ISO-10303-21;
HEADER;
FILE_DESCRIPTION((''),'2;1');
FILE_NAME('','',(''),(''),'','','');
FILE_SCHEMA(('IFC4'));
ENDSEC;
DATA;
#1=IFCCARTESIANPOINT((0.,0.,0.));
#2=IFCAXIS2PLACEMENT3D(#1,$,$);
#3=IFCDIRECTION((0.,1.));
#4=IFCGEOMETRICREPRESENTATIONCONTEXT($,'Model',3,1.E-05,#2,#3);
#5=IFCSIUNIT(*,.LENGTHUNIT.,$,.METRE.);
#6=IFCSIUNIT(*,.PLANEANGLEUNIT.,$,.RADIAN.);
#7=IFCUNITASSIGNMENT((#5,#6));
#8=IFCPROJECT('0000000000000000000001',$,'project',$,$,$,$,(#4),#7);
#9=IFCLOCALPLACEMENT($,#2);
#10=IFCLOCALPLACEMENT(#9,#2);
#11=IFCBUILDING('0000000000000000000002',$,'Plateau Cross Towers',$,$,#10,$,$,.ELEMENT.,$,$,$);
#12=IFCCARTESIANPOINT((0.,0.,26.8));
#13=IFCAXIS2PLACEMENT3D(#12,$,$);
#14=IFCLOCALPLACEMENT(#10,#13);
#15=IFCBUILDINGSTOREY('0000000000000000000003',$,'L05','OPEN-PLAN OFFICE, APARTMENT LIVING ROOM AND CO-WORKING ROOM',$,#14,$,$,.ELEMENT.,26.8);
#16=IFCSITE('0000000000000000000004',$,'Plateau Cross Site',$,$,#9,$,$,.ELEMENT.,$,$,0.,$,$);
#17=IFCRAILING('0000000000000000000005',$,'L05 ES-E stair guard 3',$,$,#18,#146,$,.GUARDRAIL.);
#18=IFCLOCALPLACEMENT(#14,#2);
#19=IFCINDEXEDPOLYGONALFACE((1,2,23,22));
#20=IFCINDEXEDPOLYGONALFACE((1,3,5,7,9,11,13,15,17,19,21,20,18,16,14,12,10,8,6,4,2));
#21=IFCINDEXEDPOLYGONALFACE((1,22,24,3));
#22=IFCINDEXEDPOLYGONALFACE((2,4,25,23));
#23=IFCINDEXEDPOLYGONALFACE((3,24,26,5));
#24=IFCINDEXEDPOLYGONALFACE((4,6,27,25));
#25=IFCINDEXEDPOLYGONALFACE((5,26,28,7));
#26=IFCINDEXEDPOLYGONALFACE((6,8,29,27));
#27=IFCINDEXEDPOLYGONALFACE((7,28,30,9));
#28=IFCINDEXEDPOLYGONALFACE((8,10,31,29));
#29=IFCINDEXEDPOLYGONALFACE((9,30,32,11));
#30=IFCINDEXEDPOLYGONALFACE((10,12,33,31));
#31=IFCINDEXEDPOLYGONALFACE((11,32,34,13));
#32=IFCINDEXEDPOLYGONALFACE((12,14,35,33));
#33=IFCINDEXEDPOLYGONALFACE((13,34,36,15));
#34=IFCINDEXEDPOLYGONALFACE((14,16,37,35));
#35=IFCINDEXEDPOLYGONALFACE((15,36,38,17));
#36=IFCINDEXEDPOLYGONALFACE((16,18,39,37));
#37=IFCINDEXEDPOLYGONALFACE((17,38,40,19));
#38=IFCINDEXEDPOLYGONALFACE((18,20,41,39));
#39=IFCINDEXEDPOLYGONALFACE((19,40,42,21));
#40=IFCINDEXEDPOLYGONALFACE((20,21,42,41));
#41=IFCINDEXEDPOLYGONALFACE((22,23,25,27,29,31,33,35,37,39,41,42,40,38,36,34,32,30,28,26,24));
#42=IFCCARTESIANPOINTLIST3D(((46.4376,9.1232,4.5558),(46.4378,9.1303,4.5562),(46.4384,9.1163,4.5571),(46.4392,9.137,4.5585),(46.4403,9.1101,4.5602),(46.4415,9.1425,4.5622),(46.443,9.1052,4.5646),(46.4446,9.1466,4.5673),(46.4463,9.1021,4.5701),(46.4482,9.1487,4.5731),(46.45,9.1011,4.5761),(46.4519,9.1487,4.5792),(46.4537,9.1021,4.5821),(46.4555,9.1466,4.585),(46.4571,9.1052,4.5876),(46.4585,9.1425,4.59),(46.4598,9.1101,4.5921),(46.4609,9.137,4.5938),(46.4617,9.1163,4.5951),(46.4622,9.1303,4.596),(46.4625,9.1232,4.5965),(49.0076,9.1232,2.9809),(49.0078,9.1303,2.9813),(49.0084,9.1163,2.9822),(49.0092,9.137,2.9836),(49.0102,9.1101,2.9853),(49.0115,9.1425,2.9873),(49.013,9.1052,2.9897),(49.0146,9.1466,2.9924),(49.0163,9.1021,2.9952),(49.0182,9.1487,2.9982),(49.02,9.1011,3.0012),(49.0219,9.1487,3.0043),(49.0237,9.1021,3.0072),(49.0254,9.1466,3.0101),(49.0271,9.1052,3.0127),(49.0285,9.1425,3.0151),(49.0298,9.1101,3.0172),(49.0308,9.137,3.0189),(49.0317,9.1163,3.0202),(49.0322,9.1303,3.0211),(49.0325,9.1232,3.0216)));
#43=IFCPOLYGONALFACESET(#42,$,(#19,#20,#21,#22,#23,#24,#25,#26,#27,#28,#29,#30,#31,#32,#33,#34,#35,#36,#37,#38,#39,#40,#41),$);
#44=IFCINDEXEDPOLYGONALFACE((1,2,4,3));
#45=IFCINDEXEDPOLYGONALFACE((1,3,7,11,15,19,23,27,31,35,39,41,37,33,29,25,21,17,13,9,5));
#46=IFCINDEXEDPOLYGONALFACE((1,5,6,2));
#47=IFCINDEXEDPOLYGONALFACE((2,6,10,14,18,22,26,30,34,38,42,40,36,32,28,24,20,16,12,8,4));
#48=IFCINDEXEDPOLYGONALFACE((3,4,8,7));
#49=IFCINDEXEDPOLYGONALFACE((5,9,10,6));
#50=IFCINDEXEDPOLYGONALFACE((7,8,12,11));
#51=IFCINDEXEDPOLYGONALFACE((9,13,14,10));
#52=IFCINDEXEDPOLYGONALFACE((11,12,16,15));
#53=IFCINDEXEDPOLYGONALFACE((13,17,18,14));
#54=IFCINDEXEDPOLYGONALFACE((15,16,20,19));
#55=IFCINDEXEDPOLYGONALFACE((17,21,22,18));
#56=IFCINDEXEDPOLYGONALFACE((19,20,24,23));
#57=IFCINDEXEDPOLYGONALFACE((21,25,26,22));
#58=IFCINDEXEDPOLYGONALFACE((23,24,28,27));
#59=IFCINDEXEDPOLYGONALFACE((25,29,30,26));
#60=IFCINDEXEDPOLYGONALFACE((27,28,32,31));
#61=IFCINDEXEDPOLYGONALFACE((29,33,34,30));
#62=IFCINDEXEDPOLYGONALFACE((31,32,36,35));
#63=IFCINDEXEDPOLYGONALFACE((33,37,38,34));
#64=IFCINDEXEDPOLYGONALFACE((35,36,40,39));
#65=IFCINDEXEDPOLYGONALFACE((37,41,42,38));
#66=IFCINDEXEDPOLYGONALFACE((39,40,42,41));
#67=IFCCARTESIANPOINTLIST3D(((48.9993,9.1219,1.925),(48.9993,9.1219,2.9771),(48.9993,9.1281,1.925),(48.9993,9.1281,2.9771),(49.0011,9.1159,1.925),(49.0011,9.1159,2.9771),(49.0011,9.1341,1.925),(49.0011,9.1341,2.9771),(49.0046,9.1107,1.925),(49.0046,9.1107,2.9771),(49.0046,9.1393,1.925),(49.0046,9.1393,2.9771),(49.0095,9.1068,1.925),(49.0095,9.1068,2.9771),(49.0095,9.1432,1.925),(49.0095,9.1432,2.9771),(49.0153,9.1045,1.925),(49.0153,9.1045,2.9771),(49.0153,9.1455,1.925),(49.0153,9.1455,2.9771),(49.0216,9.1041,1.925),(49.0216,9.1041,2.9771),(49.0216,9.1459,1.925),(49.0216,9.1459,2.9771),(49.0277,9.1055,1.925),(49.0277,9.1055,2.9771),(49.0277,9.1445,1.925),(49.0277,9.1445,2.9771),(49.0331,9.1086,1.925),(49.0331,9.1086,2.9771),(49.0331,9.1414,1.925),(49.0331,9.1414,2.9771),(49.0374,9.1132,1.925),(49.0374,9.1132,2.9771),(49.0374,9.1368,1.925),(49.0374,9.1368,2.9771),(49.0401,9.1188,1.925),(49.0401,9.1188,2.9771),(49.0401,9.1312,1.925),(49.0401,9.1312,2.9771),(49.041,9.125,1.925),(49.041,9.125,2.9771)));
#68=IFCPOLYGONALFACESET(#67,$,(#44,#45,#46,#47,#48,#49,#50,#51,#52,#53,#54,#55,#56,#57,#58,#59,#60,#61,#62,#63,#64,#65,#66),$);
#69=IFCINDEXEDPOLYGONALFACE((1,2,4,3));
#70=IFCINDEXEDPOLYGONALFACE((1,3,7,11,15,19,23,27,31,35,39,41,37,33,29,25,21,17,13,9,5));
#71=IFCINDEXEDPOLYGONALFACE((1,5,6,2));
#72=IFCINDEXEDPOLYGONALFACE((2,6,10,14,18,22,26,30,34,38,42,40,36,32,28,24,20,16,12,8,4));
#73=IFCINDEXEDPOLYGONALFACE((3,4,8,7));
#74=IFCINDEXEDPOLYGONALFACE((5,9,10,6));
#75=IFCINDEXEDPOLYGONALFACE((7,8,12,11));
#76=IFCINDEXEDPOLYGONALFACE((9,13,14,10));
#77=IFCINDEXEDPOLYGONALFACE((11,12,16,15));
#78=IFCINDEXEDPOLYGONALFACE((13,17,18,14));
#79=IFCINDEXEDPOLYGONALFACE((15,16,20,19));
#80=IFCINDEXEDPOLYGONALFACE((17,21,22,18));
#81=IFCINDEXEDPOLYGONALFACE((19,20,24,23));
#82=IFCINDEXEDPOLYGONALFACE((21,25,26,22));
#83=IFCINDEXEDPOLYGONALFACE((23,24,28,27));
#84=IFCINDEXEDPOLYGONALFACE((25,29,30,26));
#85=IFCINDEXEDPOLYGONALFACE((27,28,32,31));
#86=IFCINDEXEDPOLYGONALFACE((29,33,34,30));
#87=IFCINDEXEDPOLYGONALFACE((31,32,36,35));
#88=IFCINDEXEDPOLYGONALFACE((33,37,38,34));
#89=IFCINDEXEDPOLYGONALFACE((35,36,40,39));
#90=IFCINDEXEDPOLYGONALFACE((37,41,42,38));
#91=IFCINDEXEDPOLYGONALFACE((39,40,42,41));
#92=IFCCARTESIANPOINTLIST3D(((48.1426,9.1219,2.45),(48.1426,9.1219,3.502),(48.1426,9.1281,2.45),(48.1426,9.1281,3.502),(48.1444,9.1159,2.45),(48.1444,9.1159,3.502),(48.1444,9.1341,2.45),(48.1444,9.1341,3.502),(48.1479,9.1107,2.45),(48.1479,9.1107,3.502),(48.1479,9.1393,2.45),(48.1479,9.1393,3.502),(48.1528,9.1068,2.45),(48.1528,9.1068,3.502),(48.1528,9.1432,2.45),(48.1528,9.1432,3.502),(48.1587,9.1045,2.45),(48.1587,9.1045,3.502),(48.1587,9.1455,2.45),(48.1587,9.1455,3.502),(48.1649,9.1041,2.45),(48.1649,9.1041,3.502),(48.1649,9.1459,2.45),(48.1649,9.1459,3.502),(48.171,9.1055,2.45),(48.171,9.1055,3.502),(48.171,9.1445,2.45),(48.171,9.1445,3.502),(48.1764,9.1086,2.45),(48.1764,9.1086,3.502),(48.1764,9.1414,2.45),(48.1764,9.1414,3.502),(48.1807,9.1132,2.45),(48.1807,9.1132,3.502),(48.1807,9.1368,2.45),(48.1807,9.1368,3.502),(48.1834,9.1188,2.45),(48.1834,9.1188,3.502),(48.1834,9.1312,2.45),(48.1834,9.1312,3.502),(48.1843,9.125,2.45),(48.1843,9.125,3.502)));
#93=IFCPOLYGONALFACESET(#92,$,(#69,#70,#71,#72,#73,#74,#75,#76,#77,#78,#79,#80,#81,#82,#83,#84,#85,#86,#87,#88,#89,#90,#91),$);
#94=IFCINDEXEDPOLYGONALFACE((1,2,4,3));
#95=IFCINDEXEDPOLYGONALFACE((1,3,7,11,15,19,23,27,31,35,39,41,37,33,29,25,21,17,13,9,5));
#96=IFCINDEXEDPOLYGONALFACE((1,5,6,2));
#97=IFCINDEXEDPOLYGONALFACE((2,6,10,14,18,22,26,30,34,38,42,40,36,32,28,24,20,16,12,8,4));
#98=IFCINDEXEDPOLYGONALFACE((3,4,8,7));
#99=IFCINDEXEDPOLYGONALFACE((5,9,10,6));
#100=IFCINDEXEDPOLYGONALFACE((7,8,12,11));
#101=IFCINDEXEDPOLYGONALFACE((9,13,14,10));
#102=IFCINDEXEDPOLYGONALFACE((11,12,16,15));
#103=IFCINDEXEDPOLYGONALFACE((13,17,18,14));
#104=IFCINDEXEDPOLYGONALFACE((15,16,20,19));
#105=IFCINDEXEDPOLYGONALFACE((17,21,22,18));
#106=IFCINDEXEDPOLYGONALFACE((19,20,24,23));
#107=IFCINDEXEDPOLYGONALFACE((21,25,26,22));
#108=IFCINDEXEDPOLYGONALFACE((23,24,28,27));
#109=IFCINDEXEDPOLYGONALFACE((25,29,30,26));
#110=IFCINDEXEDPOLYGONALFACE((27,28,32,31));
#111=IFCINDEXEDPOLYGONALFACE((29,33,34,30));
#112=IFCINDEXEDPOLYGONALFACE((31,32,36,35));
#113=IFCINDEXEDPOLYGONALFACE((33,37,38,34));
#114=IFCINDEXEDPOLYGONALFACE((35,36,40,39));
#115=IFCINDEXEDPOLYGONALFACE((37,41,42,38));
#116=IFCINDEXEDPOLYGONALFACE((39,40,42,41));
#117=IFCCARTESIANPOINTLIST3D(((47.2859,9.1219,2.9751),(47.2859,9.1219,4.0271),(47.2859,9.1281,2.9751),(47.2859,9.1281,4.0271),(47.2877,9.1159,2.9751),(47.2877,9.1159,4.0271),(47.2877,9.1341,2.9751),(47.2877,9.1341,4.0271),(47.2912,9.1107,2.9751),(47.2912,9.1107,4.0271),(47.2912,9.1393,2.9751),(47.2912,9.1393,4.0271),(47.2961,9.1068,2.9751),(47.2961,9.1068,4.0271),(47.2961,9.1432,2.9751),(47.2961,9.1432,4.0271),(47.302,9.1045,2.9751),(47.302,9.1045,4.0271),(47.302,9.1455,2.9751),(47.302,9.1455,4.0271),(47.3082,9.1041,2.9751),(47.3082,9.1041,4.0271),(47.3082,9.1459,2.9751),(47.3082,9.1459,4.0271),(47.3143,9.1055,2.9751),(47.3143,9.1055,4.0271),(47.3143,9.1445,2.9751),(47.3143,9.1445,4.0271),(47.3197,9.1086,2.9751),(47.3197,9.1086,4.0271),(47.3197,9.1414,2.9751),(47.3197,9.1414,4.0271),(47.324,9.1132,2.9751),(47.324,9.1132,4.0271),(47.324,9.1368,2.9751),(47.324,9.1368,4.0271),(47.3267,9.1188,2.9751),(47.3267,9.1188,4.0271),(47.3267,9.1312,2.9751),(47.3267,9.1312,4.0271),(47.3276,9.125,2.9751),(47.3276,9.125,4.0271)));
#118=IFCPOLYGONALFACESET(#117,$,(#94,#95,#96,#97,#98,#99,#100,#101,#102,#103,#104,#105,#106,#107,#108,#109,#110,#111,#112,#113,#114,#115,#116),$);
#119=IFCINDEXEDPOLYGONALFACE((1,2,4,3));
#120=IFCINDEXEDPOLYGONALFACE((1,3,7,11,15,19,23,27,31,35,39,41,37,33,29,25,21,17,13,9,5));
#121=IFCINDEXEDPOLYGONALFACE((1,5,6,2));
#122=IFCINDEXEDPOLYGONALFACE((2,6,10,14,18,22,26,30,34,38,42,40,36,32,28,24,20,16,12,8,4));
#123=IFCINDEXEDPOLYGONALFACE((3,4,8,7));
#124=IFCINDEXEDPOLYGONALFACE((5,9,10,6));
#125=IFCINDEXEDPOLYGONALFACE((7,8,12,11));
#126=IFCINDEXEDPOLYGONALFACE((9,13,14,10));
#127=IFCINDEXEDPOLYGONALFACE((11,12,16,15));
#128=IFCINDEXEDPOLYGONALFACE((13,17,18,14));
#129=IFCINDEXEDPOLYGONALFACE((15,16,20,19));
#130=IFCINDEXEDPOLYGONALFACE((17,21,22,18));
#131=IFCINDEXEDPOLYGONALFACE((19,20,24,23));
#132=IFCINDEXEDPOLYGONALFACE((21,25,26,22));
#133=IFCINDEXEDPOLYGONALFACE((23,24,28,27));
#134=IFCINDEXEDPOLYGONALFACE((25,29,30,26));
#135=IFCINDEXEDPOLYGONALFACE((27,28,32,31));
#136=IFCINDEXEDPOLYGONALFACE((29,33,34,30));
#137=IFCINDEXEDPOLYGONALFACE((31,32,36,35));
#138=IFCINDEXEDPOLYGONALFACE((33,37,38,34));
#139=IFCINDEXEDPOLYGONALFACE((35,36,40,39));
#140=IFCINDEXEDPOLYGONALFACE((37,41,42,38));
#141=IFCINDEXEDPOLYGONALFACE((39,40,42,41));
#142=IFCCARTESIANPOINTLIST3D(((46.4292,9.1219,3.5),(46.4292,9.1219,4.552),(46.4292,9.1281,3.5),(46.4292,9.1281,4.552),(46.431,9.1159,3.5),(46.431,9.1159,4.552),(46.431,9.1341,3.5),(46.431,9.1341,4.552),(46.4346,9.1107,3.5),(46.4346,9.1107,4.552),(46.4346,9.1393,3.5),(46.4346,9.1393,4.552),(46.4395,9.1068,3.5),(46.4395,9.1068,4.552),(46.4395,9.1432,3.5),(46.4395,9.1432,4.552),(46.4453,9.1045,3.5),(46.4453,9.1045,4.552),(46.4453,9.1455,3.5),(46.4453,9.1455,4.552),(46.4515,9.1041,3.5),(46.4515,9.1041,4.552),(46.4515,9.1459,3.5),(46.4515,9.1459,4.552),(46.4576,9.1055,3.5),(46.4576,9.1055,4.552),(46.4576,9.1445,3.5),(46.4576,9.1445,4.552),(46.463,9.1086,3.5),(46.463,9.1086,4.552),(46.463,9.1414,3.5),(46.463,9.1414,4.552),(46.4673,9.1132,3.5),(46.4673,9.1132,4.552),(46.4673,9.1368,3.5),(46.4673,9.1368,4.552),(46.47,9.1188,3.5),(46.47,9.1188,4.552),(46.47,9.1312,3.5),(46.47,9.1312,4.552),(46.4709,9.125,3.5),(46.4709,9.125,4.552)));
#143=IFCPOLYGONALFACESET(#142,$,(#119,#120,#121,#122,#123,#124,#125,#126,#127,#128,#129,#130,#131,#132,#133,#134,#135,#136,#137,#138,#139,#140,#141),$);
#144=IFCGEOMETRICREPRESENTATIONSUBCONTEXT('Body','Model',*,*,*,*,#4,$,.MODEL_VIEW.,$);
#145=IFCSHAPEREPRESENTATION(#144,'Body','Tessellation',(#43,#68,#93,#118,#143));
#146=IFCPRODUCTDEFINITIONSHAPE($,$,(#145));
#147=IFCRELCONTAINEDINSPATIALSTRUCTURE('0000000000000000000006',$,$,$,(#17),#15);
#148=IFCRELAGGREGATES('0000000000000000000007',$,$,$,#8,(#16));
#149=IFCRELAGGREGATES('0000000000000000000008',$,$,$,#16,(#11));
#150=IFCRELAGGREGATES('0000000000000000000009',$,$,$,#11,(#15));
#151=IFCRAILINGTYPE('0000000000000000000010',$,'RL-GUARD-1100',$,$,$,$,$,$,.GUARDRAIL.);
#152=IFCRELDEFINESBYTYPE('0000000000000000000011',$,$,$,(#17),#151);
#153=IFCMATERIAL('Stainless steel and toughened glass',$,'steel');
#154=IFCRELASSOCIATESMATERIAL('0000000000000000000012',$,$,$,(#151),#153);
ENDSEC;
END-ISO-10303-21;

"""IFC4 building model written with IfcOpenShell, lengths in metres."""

from ifc_helpers import new_model, si_unit, direction, frame, origin, origin_2d, place, context, subcontext, project, spatial, circle, extrude, material, type_object, element, save


model = new_model("IFC4")

# Units and contexts
model_context = context("Model", 3, precision=1e-05, world=origin(), true_north=direction((0.0, 1.0)))
body_context = subcontext(model_context, "Body", "Model", "MODEL_VIEW")
ifc_project = project(units=[si_unit("LENGTHUNIT", "METRE"), si_unit("PLANEANGLEUNIT", "RADIAN")], contexts=[model_context])

# Site, building, storey
site_placement = place(None, origin())
site = spatial("IfcSite", under=ifc_project, at=site_placement, Name="Plateau Cross Site", CompositionType="ELEMENT", RefElevation=0.0)
building_placement = place(site_placement, origin())
building = spatial("IfcBuilding", under=site, at=building_placement, Name="Plateau Cross Towers", CompositionType="ELEMENT")
storey_placement = place(building_placement, frame((0.0, 0.0, 26.8)))
storey = spatial("IfcBuildingStorey", under=building, at=storey_placement, Name="L05", Description="OPEN-PLAN OFFICE, APARTMENT LIVING ROOM AND CO-WORKING ROOM", CompositionType="ELEMENT", Elevation=26.8)

# Railing
ifc_material_1 = material(Name="Stainless steel and toughened glass", Category="steel")
railing_type_1 = type_object("IfcRailingType", Name="RL-GUARD-1100", PredefinedType="GUARDRAIL", material=ifc_material_1)
railing_1_placement = place(storey_placement, frame((49.02, 9.125, 1.925)))
element("IfcRailing", 1, at=railing_1_placement, inside=storey, type_object=railing_type_1, Name="L05 ES-E stair guard 3", PredefinedType="GUARDRAIL", context=body_context, shape_type="SweptSolid", body=[
    extrude(circle(Radius=0.0239, at=origin_2d()), frame((0.0, 0.0, 1.0762), z_axis=(-0.852639, 0.0, 0.522501), x_axis=(0.0, -1.0, 0.0)), (0.0, 0.0, 1.0), 3.0142),
    extrude(circle(Radius=0.021, at=origin_2d()), origin(), (0.0, 0.0, 1.0), 1.052),
    extrude(circle(Radius=0.021, at=origin_2d()), frame((-0.8567, 0.0, 0.5249)), (0.0, 0.0, 1.0), 1.052),
    extrude(circle(Radius=0.021, at=origin_2d()), frame((-1.7134, 0.0, 1.05)), (0.0, 0.0, 1.0), 1.052),
    extrude(circle(Radius=0.021, at=origin_2d()), frame((-2.5701, 0.0, 1.575)), (0.0, 0.0, 1.0), 1.052),
])

save(model, "model.ifc")
